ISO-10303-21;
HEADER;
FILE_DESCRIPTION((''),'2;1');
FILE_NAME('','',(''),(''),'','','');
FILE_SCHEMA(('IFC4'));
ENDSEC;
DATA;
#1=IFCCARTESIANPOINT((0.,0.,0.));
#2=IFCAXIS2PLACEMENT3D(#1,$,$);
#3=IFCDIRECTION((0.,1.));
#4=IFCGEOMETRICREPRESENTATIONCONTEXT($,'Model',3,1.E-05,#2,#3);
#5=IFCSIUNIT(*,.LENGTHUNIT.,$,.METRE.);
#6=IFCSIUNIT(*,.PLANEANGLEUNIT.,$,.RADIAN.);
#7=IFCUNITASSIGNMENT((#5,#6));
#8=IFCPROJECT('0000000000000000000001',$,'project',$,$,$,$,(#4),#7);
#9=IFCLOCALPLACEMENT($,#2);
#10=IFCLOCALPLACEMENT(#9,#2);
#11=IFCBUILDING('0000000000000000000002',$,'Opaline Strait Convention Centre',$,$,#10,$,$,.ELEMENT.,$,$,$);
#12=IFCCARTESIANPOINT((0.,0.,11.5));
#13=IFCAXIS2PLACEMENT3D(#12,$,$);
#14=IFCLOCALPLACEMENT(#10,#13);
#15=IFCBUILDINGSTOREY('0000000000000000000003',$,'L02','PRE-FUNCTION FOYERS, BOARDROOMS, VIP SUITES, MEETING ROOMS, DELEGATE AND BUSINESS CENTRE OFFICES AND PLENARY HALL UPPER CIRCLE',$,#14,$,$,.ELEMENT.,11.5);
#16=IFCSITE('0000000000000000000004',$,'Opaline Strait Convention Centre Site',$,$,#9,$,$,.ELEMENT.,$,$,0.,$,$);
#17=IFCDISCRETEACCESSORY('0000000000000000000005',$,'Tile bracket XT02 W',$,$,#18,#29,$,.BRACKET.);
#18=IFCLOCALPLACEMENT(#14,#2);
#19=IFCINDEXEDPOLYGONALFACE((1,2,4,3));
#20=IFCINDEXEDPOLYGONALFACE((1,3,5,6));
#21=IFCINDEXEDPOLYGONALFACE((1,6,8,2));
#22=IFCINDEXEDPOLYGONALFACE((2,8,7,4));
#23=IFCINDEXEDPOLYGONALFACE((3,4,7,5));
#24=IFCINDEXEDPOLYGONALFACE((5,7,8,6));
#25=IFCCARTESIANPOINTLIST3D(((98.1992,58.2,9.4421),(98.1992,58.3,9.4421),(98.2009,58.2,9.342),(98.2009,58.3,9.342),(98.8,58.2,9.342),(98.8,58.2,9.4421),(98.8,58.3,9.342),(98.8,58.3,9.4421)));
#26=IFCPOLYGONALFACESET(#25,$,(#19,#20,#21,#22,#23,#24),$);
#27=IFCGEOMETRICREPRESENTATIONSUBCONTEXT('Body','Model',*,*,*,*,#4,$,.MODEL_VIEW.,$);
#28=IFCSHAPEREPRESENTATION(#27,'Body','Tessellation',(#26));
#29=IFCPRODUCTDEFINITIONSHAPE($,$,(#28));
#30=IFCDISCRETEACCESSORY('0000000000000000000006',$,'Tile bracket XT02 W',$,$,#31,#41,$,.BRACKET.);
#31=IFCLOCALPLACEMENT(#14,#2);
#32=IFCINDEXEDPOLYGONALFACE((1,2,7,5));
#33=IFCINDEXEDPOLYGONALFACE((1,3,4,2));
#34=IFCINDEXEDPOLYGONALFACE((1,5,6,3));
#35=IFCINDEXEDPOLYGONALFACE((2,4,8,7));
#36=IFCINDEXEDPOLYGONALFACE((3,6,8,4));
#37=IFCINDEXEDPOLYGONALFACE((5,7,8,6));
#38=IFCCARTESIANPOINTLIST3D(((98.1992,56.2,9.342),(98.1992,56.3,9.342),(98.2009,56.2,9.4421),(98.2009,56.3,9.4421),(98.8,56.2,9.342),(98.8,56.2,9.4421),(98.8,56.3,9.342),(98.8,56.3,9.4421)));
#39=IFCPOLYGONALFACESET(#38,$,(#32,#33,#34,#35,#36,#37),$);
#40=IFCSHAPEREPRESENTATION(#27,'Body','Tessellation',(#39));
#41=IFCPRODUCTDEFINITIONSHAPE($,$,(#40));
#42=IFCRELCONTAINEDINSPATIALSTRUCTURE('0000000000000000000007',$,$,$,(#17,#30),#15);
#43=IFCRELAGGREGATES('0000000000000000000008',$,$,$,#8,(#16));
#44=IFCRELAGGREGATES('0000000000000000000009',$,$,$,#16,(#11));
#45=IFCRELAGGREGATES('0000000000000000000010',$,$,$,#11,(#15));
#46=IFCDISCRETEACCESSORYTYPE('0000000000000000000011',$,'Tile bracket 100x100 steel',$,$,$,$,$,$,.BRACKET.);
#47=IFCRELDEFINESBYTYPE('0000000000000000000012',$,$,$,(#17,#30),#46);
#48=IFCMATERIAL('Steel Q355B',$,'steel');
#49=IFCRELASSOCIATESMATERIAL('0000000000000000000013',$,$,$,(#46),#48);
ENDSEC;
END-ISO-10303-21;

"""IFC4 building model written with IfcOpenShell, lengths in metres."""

from ifc_helpers import new_model, si_unit, direction, frame, origin, place, context, subcontext, project, spatial, polyline, outline, extrude, material, type_object, element, save


model = new_model("IFC4")

# Units and contexts
model_context = context("Model", 3, precision=1e-05, world=origin(), true_north=direction((0.0, 1.0)))
body_context = subcontext(model_context, "Body", "Model", "MODEL_VIEW")
ifc_project = project(units=[si_unit("LENGTHUNIT", "METRE"), si_unit("PLANEANGLEUNIT", "RADIAN")], contexts=[model_context])

# Site, building, storey
site_placement = place(None, origin())
site = spatial("IfcSite", under=ifc_project, at=site_placement, Name="Opaline Strait Convention Centre Site", CompositionType="ELEMENT", RefElevation=0.0)
building_placement = place(site_placement, origin())
building = spatial("IfcBuilding", under=site, at=building_placement, Name="Opaline Strait Convention Centre", CompositionType="ELEMENT")
storey_placement = place(building_placement, frame((0.0, 0.0, 11.5)))
storey = spatial("IfcBuildingStorey", under=building, at=storey_placement, Name="L02", Description="PRE-FUNCTION FOYERS, BOARDROOMS, VIP SUITES, MEETING ROOMS, DELEGATE AND BUSINESS CENTRE OFFICES AND PLENARY HALL UPPER CIRCLE", CompositionType="ELEMENT", Elevation=11.5)

# Shared definitions
ifc_material_1 = material(Name="Steel Q355B", Category="steel")

# Discrete accessories
discrete_accessory_type = type_object("IfcDiscreteAccessoryType", Name="Tile bracket 100x100 steel", PredefinedType="BRACKET", material=ifc_material_1)
discrete_accessory_1_placement = place(storey_placement, frame((98.8, 58.3, 9.3921), z_axis=(0.0, -1.0, 0.0), x_axis=(1.0, 0.0, 0.0)))
element("IfcDiscreteAccessory", 1, at=discrete_accessory_1_placement, inside=storey, type_object=discrete_accessory_type, Name="Tile bracket XT02 W", PredefinedType="BRACKET", context=body_context, shape_type="SweptSolid", body=[
    extrude(outline(polyline([(0.0, -0.05), (0.0, 0.05), (-0.6008, 0.05), (-0.5991, -0.05), (0.0, -0.05)])), origin(), (0.0, 0.0, 1.0), 0.1001),
])
discrete_accessory_2_placement = place(storey_placement, frame((98.8, 56.3, 9.3921), z_axis=(0.0, -1.0, 0.0), x_axis=(1.0, 0.0, 0.0)))
element("IfcDiscreteAccessory", 2, at=discrete_accessory_2_placement, inside=storey, type_object=discrete_accessory_type, Name="Tile bracket XT02 W", PredefinedType="BRACKET", context=body_context, shape_type="SweptSolid", body=[
    extrude(outline(polyline([(0.0, -0.05), (0.0, 0.05), (-0.5991, 0.05), (-0.6008, -0.05), (0.0, -0.05)])), origin(), (0.0, 0.0, 1.0), 0.1001),
])

save(model, "model.ifc")
